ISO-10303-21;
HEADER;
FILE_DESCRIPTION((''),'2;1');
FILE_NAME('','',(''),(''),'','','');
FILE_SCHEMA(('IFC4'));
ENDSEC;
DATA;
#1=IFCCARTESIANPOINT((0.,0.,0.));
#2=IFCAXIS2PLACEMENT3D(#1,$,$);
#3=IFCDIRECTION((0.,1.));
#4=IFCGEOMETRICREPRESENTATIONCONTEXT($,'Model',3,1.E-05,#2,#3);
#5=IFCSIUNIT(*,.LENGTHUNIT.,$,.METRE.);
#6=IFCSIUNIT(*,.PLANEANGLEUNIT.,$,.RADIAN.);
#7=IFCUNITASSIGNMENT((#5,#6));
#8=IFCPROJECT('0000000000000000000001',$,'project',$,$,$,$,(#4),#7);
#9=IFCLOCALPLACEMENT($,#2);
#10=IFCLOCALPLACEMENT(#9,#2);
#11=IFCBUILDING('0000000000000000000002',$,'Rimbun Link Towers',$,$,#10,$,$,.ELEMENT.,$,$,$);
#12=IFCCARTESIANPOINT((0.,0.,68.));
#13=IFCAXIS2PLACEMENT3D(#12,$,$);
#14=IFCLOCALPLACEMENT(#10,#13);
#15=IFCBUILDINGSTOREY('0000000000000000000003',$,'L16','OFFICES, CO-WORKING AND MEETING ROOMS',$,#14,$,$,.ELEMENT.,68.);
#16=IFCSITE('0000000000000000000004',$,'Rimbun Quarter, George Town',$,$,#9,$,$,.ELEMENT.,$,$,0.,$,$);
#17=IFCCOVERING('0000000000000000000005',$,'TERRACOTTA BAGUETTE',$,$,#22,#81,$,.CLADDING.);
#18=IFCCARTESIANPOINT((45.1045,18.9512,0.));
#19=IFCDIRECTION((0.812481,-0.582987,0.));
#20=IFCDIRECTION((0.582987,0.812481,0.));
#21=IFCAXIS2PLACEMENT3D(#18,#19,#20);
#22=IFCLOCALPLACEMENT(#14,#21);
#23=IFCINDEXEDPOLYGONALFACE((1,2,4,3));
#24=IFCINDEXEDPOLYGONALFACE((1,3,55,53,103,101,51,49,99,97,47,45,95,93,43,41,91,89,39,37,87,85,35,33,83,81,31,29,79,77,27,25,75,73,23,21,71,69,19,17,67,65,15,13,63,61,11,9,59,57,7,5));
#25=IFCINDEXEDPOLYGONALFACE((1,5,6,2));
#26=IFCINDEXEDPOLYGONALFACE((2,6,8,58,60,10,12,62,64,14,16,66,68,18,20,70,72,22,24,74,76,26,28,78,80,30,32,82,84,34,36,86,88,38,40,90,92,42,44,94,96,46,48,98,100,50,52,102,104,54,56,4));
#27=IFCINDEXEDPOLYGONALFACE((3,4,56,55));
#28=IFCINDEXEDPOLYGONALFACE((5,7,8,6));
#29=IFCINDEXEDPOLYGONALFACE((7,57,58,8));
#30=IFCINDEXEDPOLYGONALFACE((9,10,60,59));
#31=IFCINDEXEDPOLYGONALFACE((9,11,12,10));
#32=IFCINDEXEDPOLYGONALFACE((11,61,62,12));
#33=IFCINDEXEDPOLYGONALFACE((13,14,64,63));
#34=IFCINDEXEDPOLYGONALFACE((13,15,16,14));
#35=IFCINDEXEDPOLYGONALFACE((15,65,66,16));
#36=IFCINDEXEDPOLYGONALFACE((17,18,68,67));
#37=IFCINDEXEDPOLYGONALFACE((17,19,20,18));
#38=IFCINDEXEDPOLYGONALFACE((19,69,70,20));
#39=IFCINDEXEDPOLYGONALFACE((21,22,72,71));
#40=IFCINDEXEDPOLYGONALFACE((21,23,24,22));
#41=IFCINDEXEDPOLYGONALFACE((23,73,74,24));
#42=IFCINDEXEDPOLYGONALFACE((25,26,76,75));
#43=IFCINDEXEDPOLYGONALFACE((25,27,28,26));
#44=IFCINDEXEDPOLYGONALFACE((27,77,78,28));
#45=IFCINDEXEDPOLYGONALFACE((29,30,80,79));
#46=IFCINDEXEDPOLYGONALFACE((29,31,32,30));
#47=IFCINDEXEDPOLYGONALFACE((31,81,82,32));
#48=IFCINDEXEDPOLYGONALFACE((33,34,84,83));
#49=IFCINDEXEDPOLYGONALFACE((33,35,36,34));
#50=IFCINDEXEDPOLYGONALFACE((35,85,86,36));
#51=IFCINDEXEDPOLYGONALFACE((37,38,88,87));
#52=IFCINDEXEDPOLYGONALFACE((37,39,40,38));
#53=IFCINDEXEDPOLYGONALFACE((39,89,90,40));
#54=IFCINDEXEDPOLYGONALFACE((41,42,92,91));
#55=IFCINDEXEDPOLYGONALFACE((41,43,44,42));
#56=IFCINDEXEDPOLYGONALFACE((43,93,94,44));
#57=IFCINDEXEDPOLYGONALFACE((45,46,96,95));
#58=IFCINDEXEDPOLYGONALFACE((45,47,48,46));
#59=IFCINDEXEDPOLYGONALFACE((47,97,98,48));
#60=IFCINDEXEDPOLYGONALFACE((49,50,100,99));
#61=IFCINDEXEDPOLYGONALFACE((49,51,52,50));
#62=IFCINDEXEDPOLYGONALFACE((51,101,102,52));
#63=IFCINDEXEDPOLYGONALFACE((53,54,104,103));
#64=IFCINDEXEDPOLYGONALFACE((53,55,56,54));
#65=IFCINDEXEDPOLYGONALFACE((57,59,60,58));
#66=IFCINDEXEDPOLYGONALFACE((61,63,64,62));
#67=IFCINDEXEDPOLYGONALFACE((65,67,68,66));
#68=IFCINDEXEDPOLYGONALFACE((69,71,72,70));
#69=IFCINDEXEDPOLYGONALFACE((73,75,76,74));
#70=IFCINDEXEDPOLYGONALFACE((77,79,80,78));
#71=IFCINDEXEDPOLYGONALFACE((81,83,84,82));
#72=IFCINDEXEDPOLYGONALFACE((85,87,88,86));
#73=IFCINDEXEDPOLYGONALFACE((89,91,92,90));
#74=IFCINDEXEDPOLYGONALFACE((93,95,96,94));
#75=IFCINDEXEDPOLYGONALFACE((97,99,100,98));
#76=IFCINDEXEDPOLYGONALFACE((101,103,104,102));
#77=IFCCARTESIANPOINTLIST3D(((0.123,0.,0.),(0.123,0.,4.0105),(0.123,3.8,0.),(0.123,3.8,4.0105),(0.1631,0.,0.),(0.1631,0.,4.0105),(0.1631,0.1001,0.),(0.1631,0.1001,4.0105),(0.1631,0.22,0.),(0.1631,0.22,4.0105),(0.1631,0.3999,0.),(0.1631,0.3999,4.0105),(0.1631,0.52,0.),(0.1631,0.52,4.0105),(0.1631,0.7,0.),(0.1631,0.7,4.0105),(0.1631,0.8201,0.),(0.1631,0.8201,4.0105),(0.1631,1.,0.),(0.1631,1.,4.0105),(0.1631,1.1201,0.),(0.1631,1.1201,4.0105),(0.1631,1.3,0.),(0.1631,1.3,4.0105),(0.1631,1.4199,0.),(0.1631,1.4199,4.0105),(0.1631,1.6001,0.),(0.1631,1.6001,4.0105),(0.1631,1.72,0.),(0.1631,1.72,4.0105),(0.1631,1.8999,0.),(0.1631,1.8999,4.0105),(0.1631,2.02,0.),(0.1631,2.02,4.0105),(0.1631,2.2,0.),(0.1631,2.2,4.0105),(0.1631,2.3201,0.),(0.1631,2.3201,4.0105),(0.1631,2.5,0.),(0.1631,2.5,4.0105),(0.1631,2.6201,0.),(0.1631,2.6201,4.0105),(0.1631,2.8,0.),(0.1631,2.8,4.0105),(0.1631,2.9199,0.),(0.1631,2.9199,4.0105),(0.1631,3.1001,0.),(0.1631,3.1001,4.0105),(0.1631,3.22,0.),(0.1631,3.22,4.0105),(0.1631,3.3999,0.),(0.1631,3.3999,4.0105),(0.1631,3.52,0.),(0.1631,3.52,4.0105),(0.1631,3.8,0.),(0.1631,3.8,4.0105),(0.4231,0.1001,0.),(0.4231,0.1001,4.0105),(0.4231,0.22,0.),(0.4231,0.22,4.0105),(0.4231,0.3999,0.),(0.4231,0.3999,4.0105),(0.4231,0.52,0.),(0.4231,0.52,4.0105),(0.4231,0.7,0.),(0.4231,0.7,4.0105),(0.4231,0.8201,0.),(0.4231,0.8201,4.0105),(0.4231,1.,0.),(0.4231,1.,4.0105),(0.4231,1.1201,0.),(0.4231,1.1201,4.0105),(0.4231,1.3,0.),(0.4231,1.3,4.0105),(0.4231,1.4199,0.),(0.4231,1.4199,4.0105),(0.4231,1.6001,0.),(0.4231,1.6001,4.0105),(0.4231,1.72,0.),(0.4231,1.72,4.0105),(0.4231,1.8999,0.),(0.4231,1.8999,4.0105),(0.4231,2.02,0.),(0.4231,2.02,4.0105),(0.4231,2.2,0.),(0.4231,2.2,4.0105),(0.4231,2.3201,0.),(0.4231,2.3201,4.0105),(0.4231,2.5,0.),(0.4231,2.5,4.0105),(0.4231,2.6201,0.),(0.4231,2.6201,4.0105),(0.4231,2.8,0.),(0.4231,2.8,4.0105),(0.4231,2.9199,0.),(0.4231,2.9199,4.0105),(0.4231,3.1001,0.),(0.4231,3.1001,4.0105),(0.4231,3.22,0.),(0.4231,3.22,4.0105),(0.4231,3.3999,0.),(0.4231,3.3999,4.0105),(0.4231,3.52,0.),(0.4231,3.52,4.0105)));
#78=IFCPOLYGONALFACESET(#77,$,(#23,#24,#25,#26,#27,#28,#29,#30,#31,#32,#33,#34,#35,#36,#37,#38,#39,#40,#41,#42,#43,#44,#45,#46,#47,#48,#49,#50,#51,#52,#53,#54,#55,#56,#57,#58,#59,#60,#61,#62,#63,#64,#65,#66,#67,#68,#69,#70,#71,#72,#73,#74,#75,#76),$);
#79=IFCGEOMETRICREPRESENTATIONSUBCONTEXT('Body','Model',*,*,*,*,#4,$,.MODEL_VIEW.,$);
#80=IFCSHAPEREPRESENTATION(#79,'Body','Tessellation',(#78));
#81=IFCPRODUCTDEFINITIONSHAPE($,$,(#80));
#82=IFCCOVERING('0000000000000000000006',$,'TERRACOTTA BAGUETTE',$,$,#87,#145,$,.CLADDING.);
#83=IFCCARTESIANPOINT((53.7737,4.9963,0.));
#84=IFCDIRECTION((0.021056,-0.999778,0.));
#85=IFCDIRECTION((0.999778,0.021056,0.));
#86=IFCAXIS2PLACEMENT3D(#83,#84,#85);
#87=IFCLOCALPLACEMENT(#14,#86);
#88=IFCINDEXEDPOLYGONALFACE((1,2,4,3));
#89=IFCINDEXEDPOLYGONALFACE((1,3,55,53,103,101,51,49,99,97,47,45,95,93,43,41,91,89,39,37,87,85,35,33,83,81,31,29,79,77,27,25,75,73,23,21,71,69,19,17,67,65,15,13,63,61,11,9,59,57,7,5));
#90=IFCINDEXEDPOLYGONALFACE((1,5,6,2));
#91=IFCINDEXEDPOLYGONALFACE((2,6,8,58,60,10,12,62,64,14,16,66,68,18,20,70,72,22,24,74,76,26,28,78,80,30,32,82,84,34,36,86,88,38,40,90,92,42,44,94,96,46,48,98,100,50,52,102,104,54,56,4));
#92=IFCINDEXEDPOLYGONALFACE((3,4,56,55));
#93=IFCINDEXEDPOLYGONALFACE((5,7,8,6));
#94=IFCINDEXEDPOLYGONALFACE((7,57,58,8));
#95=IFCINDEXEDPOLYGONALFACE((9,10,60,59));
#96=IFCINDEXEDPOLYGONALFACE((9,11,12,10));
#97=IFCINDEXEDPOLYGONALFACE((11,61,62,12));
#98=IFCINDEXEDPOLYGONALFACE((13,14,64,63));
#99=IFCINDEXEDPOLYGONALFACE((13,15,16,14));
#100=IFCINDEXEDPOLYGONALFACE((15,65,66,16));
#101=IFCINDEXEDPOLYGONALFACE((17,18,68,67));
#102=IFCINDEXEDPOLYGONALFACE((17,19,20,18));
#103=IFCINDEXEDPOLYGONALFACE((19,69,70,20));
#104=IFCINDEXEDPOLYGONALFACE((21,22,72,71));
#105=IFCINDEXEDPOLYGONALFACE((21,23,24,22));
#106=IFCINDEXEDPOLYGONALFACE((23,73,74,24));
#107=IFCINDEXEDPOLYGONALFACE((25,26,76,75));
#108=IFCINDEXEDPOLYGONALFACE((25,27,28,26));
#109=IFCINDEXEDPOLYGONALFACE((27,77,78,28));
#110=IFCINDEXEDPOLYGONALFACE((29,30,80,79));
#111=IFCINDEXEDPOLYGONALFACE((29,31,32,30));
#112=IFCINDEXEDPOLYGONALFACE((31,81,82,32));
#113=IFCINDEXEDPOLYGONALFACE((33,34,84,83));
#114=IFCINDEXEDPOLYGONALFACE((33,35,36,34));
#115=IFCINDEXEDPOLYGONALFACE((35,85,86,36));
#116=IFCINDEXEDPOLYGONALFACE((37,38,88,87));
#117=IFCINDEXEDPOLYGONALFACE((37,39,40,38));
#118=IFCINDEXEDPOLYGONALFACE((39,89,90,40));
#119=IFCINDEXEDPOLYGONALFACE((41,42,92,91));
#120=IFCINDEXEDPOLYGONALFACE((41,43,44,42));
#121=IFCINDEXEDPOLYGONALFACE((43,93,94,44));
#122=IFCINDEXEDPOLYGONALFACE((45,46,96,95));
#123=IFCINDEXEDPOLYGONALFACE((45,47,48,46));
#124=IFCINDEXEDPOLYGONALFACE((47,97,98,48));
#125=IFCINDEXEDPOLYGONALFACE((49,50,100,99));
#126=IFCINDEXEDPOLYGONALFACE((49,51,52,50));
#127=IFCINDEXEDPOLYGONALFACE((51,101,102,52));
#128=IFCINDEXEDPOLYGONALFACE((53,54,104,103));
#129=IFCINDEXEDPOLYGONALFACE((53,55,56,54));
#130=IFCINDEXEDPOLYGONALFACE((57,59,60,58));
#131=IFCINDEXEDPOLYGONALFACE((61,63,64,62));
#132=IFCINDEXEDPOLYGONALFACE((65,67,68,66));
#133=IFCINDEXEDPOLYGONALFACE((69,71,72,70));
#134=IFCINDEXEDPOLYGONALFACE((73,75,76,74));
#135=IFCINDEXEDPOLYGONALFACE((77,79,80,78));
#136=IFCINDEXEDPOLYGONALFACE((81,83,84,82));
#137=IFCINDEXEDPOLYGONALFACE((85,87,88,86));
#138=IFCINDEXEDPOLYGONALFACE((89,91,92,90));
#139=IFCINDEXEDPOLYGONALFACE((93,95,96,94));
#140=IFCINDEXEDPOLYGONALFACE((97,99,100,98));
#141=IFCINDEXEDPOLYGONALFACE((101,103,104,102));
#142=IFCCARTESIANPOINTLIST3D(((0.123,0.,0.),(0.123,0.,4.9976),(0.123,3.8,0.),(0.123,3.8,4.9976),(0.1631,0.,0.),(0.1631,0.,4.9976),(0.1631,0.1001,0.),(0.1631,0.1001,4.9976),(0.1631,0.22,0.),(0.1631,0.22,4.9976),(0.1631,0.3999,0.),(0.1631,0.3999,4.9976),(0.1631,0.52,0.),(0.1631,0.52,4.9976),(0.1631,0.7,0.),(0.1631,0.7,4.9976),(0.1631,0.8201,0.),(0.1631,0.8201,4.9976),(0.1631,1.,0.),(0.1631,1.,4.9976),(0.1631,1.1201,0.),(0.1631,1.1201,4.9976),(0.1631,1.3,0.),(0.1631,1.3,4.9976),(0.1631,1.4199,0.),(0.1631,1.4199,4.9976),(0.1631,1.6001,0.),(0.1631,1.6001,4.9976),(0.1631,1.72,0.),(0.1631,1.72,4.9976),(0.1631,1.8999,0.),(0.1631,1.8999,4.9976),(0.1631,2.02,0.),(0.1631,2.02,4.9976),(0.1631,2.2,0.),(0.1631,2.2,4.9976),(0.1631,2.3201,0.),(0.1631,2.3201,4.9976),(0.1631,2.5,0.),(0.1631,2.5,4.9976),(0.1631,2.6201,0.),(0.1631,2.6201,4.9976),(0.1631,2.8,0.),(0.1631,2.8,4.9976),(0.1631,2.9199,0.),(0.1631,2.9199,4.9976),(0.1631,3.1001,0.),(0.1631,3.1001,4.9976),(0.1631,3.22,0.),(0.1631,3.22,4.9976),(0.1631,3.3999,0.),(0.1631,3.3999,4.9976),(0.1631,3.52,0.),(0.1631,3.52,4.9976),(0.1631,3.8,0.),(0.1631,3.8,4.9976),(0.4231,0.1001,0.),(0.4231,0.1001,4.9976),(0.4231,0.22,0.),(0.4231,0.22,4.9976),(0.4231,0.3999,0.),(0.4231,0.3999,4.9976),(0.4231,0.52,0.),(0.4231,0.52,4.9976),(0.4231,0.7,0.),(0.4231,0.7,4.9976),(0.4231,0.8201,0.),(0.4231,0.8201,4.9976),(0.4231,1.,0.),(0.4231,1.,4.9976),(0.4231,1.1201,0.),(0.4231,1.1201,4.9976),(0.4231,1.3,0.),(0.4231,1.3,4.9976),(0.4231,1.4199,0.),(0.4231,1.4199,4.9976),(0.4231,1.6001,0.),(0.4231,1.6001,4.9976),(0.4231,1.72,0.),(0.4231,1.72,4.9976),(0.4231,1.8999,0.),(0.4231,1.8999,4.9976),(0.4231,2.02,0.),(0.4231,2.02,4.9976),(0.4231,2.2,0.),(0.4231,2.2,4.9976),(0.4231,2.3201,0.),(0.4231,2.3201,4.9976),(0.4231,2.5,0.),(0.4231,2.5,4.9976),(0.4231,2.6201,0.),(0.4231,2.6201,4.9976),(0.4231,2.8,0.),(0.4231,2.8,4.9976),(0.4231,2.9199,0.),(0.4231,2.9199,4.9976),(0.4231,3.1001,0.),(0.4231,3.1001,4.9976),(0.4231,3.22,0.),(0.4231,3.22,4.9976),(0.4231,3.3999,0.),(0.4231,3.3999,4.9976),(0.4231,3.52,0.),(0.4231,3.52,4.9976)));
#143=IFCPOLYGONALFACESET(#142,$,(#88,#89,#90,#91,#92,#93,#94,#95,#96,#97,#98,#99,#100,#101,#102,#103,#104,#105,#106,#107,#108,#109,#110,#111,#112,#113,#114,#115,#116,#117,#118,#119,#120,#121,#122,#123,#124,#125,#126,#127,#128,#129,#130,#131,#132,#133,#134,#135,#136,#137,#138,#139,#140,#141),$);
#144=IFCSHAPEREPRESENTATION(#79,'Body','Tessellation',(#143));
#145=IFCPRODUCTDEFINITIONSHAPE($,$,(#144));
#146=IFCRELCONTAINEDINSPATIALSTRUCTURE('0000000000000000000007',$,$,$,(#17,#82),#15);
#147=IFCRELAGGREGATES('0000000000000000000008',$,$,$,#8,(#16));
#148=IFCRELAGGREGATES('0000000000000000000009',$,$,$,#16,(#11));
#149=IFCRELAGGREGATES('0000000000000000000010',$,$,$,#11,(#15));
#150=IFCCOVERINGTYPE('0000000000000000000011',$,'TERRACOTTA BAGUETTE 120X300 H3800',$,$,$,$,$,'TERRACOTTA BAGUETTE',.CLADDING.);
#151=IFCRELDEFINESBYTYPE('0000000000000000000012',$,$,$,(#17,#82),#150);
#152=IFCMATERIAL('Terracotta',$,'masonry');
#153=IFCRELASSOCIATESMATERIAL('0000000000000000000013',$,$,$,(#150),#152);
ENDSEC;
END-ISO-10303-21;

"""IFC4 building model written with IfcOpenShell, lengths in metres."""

from ifc_helpers import new_model, si_unit, direction, frame, origin, place, context, subcontext, project, spatial, polyline, outline, extrude, material, material_profile, profile_set, type_object, element, save


model = new_model("IFC4")

# Units and contexts
model_context = context("Model", 3, precision=1e-05, world=origin(), true_north=direction((0.0, 1.0)))
body_context = subcontext(model_context, "Body", "Model", "MODEL_VIEW")
ifc_project = project(units=[si_unit("LENGTHUNIT", "METRE"), si_unit("PLANEANGLEUNIT", "RADIAN")], contexts=[model_context])

# Site, building, storey
site_placement = place(None, origin())
site = spatial("IfcSite", under=ifc_project, at=site_placement, Name="Rimbun Quarter, George Town", CompositionType="ELEMENT", RefElevation=0.0)
building_placement = place(site_placement, origin())
building = spatial("IfcBuilding", under=site, at=building_placement, Name="Rimbun Link Towers", CompositionType="ELEMENT")
storey_placement = place(building_placement, frame((0.0, 0.0, 68.0)))
storey = spatial("IfcBuildingStorey", under=building, at=storey_placement, Name="L16", Description="OFFICES, CO-WORKING AND MEETING ROOMS", CompositionType="ELEMENT", Elevation=68.0)

# Coverings
ifc_material_1 = material(Name="Terracotta", Category="masonry")
ifc_material_profile_1 = material_profile(ifc_material_1, outline(polyline([(0.123, 0.0), (0.1631, 0.0), (0.1631, 0.1001), (0.4231, 0.1001), (0.4231, 0.22), (0.1631, 0.22), (0.1631, 0.3999), (0.4231, 0.3999), (0.4231, 0.52), (0.1631, 0.52), (0.1631, 0.7), (0.4231, 0.7), (0.4231, 0.8201), (0.1631, 0.8201), (0.1631, 1.0), (0.4231, 1.0), (0.4231, 1.1201), (0.1631, 1.1201), (0.1631, 1.3), (0.4231, 1.3), (0.4231, 1.4199), (0.1631, 1.4199), (0.1631, 1.6001), (0.4231, 1.6001), (0.4231, 1.72), (0.1631, 1.72), (0.1631, 1.8999), (0.4231, 1.8999), (0.4231, 2.02), (0.1631, 2.02), (0.1631, 2.2), (0.4231, 2.2), (0.4231, 2.3201), (0.1631, 2.3201), (0.1631, 2.5), (0.4231, 2.5), (0.4231, 2.6201), (0.1631, 2.6201), (0.1631, 2.8), (0.4231, 2.8), (0.4231, 2.9199), (0.1631, 2.9199), (0.1631, 3.1001), (0.4231, 3.1001), (0.4231, 3.22), (0.1631, 3.22), (0.1631, 3.3999), (0.4231, 3.3999), (0.4231, 3.52), (0.1631, 3.52), (0.1631, 3.8), (0.123, 3.8), (0.123, 0.0)])), Name="BAGUETTE 120X300")
ifc_profile_set_1 = profile_set([ifc_material_profile_1], Name="Terracotta")
covering_type = type_object("IfcCoveringType", Name="TERRACOTTA BAGUETTE 120X300 H3800", ElementType="TERRACOTTA BAGUETTE", PredefinedType="CLADDING", material=ifc_profile_set_1)
covering_1_placement = place(storey_placement, frame((45.1045, 18.9512, 0.0), z_axis=(0.812481, -0.582987, 0.0), x_axis=(0.582987, 0.812481, 0.0)))
element("IfcCovering", 1, at=covering_1_placement, inside=storey, type_object=covering_type, Name="TERRACOTTA BAGUETTE", PredefinedType="CLADDING", context=body_context, shape_type="SweptSolid", body=[
    extrude(outline(polyline([(0.123, 0.0), (0.1631, 0.0), (0.1631, 0.1001), (0.4231, 0.1001), (0.4231, 0.22), (0.1631, 0.22), (0.1631, 0.3999), (0.4231, 0.3999), (0.4231, 0.52), (0.1631, 0.52), (0.1631, 0.7), (0.4231, 0.7), (0.4231, 0.8201), (0.1631, 0.8201), (0.1631, 1.0), (0.4231, 1.0), (0.4231, 1.1201), (0.1631, 1.1201), (0.1631, 1.3), (0.4231, 1.3), (0.4231, 1.4199), (0.1631, 1.4199), (0.1631, 1.6001), (0.4231, 1.6001), (0.4231, 1.72), (0.1631, 1.72), (0.1631, 1.8999), (0.4231, 1.8999), (0.4231, 2.02), (0.1631, 2.02), (0.1631, 2.2), (0.4231, 2.2), (0.4231, 2.3201), (0.1631, 2.3201), (0.1631, 2.5), (0.4231, 2.5), (0.4231, 2.6201), (0.1631, 2.6201), (0.1631, 2.8), (0.4231, 2.8), (0.4231, 2.9199), (0.1631, 2.9199), (0.1631, 3.1001), (0.4231, 3.1001), (0.4231, 3.22), (0.1631, 3.22), (0.1631, 3.3999), (0.4231, 3.3999), (0.4231, 3.52), (0.1631, 3.52), (0.1631, 3.8), (0.123, 3.8), (0.123, 0.0)])), origin(), (0.0, 0.0, 1.0), 4.0105),
])
covering_2_placement = place(storey_placement, frame((53.7737, 4.9963, 0.0), z_axis=(0.021056, -0.999778, 0.0), x_axis=(0.999778, 0.021056, 0.0)))
element("IfcCovering", 2, at=covering_2_placement, inside=storey, type_object=covering_type, Name="TERRACOTTA BAGUETTE", PredefinedType="CLADDING", context=body_context, shape_type="SweptSolid", body=[
    extrude(outline(polyline([(0.123, 0.0), (0.1631, 0.0), (0.1631, 0.1001), (0.4231, 0.1001), (0.4231, 0.22), (0.1631, 0.22), (0.1631, 0.3999), (0.4231, 0.3999), (0.4231, 0.52), (0.1631, 0.52), (0.1631, 0.7), (0.4231, 0.7), (0.4231, 0.8201), (0.1631, 0.8201), (0.1631, 1.0), (0.4231, 1.0), (0.4231, 1.1201), (0.1631, 1.1201), (0.1631, 1.3), (0.4231, 1.3), (0.4231, 1.4199), (0.1631, 1.4199), (0.1631, 1.6001), (0.4231, 1.6001), (0.4231, 1.72), (0.1631, 1.72), (0.1631, 1.8999), (0.4231, 1.8999), (0.4231, 2.02), (0.1631, 2.02), (0.1631, 2.2), (0.4231, 2.2), (0.4231, 2.3201), (0.1631, 2.3201), (0.1631, 2.5), (0.4231, 2.5), (0.4231, 2.6201), (0.1631, 2.6201), (0.1631, 2.8), (0.4231, 2.8), (0.4231, 2.9199), (0.1631, 2.9199), (0.1631, 3.1001), (0.4231, 3.1001), (0.4231, 3.22), (0.1631, 3.22), (0.1631, 3.3999), (0.4231, 3.3999), (0.4231, 3.52), (0.1631, 3.52), (0.1631, 3.8), (0.123, 3.8), (0.123, 0.0)])), origin(), (0.0, 0.0, 1.0), 4.9976),
])

save(model, "model.ifc")
